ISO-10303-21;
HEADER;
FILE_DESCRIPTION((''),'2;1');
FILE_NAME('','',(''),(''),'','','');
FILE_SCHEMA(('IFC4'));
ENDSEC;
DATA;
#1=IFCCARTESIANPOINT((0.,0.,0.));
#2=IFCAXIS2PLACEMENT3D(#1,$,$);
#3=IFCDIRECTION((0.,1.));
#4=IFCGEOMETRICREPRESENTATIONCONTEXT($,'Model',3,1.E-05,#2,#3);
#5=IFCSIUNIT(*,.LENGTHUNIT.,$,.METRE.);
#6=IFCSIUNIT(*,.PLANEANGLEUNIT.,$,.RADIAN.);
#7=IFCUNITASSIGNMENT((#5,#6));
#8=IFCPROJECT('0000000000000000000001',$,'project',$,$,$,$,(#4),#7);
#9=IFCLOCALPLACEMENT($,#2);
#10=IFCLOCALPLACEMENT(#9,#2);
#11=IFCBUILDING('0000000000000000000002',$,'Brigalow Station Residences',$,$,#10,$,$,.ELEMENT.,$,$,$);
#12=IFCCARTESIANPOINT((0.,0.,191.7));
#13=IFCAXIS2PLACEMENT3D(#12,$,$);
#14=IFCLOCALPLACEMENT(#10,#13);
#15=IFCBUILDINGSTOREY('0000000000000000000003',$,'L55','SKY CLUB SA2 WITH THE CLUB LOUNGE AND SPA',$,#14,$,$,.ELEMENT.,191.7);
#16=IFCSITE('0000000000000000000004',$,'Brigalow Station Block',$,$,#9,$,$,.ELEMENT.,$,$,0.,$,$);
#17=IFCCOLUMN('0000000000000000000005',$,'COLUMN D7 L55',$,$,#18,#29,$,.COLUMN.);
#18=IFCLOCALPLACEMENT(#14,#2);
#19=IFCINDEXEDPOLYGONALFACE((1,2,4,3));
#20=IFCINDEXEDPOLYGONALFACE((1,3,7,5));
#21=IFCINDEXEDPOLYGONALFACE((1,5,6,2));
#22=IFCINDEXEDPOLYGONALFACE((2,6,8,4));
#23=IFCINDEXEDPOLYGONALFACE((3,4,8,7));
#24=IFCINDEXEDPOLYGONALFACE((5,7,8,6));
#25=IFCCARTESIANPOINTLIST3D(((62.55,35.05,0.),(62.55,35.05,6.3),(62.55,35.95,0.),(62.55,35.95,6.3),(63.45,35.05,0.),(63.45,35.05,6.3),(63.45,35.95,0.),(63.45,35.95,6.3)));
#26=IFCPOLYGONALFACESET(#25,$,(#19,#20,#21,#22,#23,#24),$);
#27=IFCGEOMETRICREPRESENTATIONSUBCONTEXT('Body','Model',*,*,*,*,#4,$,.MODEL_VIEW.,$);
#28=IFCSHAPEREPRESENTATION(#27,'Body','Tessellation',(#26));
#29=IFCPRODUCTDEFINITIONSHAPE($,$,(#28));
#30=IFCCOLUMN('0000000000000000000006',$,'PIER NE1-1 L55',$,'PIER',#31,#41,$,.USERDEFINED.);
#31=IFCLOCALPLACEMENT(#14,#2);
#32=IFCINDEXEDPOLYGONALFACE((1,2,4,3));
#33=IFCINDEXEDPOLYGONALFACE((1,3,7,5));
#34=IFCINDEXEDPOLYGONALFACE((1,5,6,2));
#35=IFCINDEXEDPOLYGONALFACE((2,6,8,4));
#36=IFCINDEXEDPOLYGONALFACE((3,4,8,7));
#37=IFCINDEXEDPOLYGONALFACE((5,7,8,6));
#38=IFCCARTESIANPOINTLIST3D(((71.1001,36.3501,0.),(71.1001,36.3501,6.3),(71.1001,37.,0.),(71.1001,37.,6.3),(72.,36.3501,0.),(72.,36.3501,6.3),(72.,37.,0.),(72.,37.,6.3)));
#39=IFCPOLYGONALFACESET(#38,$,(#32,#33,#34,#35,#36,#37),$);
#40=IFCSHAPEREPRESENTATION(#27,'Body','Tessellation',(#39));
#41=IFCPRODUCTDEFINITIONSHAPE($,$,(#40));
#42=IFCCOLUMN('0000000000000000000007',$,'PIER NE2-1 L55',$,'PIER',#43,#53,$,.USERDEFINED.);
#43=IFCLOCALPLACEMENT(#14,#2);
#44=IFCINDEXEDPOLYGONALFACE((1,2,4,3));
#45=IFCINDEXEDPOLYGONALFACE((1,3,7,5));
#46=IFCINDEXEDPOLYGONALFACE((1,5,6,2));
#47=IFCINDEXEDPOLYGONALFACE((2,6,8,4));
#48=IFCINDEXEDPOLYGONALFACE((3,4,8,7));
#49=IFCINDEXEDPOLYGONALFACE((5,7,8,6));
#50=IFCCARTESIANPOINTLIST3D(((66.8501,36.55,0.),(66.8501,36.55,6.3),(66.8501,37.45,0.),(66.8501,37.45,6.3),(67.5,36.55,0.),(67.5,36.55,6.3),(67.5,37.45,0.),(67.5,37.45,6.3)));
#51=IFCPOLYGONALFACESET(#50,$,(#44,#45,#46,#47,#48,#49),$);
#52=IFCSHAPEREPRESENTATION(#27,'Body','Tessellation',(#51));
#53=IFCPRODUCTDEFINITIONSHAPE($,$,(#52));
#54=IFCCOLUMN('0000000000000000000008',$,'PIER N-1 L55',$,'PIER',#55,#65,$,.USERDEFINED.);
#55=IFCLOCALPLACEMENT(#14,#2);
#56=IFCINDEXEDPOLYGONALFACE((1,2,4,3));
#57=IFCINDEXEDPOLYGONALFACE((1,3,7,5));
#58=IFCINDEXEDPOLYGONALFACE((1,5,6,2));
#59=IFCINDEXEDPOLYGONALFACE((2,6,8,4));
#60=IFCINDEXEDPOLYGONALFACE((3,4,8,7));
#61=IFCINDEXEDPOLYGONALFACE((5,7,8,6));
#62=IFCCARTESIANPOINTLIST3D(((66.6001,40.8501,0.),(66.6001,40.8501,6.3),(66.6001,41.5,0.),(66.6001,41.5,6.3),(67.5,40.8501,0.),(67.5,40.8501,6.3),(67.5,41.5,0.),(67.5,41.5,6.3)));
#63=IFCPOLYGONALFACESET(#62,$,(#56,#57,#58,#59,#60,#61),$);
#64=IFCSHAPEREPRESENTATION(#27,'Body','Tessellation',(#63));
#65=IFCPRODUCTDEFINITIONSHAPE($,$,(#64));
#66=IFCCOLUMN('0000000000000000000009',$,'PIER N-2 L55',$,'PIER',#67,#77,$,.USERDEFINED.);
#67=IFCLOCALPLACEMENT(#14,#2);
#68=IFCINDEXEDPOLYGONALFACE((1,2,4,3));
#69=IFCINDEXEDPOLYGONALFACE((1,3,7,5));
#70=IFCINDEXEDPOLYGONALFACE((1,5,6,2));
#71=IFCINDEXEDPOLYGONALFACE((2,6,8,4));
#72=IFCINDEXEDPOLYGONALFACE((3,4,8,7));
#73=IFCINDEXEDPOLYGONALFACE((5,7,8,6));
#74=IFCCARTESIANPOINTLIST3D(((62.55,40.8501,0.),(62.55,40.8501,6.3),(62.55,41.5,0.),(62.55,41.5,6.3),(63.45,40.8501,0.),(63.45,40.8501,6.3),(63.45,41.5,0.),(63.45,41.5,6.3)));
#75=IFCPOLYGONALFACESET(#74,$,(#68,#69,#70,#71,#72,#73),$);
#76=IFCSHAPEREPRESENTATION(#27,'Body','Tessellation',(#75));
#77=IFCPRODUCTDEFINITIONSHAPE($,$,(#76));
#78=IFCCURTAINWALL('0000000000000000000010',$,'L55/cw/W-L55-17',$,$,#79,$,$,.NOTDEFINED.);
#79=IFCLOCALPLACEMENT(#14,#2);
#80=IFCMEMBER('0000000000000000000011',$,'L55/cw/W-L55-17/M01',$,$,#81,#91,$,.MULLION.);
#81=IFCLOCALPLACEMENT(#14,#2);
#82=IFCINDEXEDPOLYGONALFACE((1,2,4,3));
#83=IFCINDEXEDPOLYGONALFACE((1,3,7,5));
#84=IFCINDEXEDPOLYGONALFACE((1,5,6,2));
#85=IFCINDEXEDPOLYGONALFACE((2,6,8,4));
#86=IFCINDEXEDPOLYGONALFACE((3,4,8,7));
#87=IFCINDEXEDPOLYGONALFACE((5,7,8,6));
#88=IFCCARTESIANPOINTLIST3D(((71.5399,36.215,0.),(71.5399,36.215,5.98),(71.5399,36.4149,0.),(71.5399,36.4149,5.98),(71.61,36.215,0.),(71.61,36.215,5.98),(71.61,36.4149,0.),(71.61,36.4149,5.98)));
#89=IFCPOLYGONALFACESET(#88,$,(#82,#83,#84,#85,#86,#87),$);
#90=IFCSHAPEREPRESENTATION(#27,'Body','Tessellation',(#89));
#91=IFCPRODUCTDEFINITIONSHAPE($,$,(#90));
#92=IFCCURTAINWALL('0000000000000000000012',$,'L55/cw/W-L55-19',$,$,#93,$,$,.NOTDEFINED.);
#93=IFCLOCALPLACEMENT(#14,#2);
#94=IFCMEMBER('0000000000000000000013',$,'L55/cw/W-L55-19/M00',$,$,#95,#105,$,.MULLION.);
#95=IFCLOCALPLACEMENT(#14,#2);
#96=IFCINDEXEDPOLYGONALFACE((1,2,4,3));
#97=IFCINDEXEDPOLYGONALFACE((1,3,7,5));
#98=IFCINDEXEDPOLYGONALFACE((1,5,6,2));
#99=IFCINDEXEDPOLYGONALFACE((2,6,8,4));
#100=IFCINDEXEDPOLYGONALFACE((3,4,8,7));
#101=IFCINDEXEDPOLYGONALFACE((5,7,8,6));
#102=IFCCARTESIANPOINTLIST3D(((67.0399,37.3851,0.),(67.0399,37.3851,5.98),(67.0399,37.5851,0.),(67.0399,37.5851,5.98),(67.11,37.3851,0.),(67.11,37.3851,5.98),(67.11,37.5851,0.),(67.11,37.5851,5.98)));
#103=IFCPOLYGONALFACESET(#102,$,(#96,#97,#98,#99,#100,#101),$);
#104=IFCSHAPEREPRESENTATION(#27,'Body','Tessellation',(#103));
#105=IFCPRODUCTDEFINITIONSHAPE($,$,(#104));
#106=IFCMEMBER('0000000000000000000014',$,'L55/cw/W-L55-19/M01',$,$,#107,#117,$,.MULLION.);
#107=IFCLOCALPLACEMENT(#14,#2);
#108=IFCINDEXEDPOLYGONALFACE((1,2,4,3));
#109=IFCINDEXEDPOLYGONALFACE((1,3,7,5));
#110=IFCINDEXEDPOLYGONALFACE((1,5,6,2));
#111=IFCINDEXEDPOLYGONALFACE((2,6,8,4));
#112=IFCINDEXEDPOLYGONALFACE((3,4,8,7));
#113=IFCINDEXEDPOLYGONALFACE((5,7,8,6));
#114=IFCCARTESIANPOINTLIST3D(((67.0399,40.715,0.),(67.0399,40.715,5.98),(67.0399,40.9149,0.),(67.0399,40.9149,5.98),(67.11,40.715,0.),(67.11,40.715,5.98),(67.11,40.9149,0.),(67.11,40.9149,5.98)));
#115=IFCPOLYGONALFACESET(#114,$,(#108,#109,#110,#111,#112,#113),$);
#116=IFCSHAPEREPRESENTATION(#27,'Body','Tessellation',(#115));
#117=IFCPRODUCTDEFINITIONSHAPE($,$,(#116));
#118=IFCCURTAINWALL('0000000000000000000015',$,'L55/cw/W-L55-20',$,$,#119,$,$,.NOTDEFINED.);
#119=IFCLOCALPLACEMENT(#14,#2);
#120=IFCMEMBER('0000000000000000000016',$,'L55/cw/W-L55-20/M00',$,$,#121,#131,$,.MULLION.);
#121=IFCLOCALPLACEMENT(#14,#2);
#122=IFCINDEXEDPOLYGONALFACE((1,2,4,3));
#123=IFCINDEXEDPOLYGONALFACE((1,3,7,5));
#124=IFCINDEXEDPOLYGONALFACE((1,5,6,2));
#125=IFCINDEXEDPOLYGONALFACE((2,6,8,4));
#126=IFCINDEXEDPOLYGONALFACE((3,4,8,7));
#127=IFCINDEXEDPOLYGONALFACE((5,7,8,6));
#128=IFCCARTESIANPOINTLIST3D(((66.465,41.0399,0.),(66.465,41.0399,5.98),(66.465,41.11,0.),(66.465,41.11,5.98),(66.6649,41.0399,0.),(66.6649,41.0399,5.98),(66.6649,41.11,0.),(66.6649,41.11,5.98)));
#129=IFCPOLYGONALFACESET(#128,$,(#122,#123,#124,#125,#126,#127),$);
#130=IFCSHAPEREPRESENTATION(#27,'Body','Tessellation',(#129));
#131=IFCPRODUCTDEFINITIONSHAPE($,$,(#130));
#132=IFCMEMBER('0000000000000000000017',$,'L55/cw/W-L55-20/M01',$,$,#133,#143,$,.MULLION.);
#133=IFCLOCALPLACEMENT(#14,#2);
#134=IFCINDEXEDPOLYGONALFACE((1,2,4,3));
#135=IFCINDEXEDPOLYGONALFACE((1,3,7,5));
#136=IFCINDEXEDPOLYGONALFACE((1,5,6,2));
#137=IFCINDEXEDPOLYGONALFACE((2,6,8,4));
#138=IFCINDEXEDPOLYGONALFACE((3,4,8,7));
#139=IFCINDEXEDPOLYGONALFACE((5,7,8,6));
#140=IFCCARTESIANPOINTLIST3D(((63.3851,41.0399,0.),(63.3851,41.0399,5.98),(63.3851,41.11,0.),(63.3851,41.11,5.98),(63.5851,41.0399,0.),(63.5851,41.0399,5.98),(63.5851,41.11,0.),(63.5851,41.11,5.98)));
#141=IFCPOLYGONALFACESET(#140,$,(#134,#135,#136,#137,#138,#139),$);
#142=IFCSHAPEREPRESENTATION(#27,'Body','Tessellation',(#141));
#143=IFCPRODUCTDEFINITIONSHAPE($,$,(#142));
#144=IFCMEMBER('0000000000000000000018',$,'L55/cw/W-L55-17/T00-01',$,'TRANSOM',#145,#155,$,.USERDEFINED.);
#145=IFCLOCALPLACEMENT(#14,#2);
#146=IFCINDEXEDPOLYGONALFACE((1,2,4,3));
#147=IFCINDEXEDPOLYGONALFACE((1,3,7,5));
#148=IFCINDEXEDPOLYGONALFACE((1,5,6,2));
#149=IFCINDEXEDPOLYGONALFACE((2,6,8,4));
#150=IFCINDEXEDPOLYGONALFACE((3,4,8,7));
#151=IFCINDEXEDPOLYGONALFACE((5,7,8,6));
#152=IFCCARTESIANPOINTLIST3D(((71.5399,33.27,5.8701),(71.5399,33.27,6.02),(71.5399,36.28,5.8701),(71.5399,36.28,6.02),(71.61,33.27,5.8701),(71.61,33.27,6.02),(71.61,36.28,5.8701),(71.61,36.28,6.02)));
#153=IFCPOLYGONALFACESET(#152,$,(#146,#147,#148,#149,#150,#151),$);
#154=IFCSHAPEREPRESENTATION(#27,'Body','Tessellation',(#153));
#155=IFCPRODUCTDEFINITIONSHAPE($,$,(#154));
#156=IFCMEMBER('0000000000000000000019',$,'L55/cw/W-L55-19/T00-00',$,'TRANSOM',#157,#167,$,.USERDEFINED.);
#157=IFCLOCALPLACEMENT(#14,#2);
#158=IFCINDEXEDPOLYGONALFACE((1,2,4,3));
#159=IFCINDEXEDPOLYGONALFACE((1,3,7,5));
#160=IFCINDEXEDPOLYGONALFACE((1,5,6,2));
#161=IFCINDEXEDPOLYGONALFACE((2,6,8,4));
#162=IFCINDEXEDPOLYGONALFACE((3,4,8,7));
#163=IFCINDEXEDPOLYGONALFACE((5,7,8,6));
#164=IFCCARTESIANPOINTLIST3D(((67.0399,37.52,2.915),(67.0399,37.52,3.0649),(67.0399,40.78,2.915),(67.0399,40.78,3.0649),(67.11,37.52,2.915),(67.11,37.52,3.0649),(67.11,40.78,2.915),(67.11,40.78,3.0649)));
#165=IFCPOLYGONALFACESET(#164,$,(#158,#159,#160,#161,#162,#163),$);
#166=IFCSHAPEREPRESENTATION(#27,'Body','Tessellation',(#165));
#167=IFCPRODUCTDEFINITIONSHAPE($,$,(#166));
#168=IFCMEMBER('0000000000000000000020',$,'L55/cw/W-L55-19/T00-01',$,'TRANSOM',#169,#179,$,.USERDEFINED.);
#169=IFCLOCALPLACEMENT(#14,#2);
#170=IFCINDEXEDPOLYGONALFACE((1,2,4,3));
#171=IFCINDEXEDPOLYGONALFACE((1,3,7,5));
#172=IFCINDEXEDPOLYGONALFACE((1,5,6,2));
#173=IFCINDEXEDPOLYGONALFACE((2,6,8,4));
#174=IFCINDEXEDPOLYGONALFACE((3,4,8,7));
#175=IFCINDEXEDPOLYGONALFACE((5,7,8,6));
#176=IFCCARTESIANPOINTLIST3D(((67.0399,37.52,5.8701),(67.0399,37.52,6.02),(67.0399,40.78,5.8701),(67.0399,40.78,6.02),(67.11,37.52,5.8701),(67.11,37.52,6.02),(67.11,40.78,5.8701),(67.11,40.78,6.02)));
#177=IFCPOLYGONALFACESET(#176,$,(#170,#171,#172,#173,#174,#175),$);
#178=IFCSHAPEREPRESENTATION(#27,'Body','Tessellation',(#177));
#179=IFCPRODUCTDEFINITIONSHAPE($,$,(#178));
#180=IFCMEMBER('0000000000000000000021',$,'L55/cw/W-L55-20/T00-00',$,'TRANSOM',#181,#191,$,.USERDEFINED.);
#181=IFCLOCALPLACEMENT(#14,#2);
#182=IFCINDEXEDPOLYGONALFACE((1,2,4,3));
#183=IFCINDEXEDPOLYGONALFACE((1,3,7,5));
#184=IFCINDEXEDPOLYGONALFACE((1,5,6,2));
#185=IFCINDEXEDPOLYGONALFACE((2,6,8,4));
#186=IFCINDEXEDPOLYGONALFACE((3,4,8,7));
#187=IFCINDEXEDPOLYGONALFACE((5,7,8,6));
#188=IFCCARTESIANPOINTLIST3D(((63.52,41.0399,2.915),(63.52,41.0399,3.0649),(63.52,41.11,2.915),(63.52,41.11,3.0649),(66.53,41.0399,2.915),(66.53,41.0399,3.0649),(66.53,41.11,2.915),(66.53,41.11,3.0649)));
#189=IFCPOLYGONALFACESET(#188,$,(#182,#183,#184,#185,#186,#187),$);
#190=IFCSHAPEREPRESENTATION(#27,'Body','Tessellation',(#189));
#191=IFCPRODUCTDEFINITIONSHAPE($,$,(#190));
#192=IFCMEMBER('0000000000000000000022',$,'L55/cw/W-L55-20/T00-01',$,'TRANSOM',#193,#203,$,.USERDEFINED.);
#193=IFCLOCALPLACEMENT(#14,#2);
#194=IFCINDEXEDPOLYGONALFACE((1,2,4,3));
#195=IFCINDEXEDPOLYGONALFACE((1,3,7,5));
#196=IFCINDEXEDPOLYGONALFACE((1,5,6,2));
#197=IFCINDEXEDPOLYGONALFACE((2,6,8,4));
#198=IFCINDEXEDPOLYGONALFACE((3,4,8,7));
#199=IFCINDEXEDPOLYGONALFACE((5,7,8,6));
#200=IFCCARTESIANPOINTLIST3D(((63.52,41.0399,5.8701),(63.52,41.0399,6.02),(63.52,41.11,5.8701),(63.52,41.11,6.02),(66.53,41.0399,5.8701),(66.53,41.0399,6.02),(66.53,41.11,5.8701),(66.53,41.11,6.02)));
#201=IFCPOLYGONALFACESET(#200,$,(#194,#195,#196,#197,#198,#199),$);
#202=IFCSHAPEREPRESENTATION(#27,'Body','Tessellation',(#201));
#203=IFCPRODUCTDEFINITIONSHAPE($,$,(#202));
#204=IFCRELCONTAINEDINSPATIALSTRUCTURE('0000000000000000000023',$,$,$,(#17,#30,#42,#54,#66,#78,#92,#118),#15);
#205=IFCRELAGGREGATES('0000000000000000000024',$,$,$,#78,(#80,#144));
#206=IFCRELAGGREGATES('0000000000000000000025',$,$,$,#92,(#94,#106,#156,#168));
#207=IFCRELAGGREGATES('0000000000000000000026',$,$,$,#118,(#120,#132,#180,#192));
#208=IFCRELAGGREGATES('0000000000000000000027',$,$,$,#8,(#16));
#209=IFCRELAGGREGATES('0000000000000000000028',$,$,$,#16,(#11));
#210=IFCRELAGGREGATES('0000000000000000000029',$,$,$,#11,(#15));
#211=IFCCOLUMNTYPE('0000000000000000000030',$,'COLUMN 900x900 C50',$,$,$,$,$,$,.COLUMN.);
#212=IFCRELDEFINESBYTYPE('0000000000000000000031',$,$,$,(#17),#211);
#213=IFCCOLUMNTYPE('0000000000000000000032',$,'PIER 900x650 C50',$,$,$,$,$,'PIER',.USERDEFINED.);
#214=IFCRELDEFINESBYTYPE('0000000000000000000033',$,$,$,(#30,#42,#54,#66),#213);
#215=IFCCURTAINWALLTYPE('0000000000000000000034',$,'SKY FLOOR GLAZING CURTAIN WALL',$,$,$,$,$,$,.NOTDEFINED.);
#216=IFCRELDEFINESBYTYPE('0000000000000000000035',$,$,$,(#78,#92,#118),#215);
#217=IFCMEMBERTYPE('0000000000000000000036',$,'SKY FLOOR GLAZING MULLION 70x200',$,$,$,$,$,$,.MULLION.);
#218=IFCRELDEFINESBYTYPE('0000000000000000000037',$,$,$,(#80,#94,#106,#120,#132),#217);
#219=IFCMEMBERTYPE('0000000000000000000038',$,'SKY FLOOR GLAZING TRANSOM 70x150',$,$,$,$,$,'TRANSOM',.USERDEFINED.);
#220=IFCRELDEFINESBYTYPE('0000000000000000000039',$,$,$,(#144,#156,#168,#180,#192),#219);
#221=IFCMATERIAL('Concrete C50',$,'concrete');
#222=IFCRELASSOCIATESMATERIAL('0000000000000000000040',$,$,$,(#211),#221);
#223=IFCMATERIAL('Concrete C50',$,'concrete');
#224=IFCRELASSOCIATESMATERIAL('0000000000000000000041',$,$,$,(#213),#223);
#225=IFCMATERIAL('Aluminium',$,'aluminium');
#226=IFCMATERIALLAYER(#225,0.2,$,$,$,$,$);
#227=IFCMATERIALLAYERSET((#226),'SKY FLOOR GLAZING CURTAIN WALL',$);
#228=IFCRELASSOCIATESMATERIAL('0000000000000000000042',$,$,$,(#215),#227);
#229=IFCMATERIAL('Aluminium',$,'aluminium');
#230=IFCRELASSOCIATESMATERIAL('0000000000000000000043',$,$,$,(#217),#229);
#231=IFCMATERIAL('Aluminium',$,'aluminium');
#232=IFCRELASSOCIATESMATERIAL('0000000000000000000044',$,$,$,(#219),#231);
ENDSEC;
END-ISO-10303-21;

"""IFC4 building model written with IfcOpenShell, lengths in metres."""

from ifc_helpers import new_model, si_unit, direction, frame, origin, origin_2d, place, context, subcontext, project, spatial, rectangle, extrude, material, layer, layer_set, material_profile, profile_set, type_object, element, aggregate, save


model = new_model("IFC4")

# Units and contexts
model_context = context("Model", 3, precision=1e-05, world=origin(), true_north=direction((0.0, 1.0)))
body_context = subcontext(model_context, "Body", "Model", "MODEL_VIEW")
ifc_project = project(units=[si_unit("LENGTHUNIT", "METRE"), si_unit("PLANEANGLEUNIT", "RADIAN")], contexts=[model_context])

# Site, building, storey
site_placement = place(None, origin())
site = spatial("IfcSite", under=ifc_project, at=site_placement, Name="Brigalow Station Block", CompositionType="ELEMENT", RefElevation=0.0)
building_placement = place(site_placement, origin())
building = spatial("IfcBuilding", under=site, at=building_placement, Name="Brigalow Station Residences", CompositionType="ELEMENT")
storey_placement = place(building_placement, frame((0.0, 0.0, 191.7)))
storey = spatial("IfcBuildingStorey", under=building, at=storey_placement, Name="L55", Description="SKY CLUB SA2 WITH THE CLUB LOUNGE AND SPA", CompositionType="ELEMENT", Elevation=191.7)

# Columns
ifc_material_1 = material(Name="Concrete C50", Category="concrete")
ifc_material_profile_1 = material_profile(ifc_material_1, rectangle(XDim=0.8999, YDim=0.8999, at=origin_2d()), Name="RC900x900")
ifc_profile_set_1 = profile_set([ifc_material_profile_1], Name="Concrete C50")
column_type_1 = type_object("IfcColumnType", Name="COLUMN 900x900 C50", PredefinedType="COLUMN", material=ifc_profile_set_1)
column_placement = place(storey_placement, frame((63.0, 35.5, 0.0), z_axis=(0.0, 0.0, 1.0), x_axis=(1.0, 0.0, 0.0)))
element("IfcColumn", 1, at=column_placement, inside=storey, type_object=column_type_1, Name="COLUMN D7 L55", PredefinedType="COLUMN", context=body_context, shape_type="SweptSolid", body=[
    extrude(rectangle(XDim=0.8999, YDim=0.8999, at=origin_2d()), origin(), (0.0, 0.0, 1.0), 6.3),
])
ifc_material_2 = material(Name="Concrete C50", Category="concrete")
ifc_material_profile_2 = material_profile(ifc_material_2, rectangle(XDim=0.8999, YDim=0.6499, at=origin_2d()), Name="RC900x650")
ifc_profile_set_2 = profile_set([ifc_material_profile_2], Name="Concrete C50")
column_type_2 = type_object("IfcColumnType", Name="PIER 900x650 C50", ElementType="PIER", PredefinedType="USERDEFINED", material=ifc_profile_set_2)
for number, where, z_axis, x_axis, name in (
    (2, (71.55, 36.675, 0.0), (0.0, 0.0, 1.0), (-1.0, 0.0, 0.0), "PIER NE1-1 L55"),
    (3, (67.175, 37.0, 0.0), (0.0, 0.0, 1.0), (0.0, 1.0, 0.0), "PIER NE2-1 L55"),
    (4, (67.05, 41.175, 0.0), (0.0, 0.0, 1.0), (-1.0, 0.0, 0.0), "PIER N-1 L55"),
    (5, (63.0, 41.175, 0.0), (0.0, 0.0, 1.0), (-1.0, 0.0, 0.0), "PIER N-2 L55"),
):
    element("IfcColumn", number, at=place(storey_placement, frame(where, z_axis=z_axis, x_axis=x_axis)), inside=storey, type_object=column_type_2, Name=name, ObjectType="PIER", PredefinedType="USERDEFINED", context=body_context, shape_type="SweptSolid", body=[
        extrude(rectangle(XDim=0.8999, YDim=0.6499, at=origin_2d()), origin(), (0.0, 0.0, 1.0), 6.3),
    ])

# Curtain wall, member
ifc_material_3 = material(Name="Aluminium", Category="aluminium")
ifc_layer_1 = layer(ifc_material_3, 0.2)
ifc_layer_set_1 = layer_set([ifc_layer_1], Name="SKY FLOOR GLAZING CURTAIN WALL")
curtain_wall_type = type_object("IfcCurtainWallType", Name="SKY FLOOR GLAZING CURTAIN WALL", PredefinedType="NOTDEFINED", material=ifc_layer_set_1)
curtain_wall_1_placement = place(storey_placement, origin())
curtain_wall_1 = element("IfcCurtainWall", 6, at=curtain_wall_1_placement, inside=storey, type_object=curtain_wall_type, Name="L55/cw/W-L55-17", PredefinedType="NOTDEFINED")
ifc_material_4 = material(Name="Aluminium", Category="aluminium")
ifc_material_profile_3 = material_profile(ifc_material_4, rectangle(XDim=0.0701, YDim=0.2, at=origin_2d()), Name="SKY FLOOR GLAZING MULLION 70x200")
ifc_profile_set_3 = profile_set([ifc_material_profile_3], Name="Aluminium")
member_type_1 = type_object("IfcMemberType", Name="SKY FLOOR GLAZING MULLION 70x200", PredefinedType="MULLION", material=ifc_profile_set_3)
member_1_placement = place(storey_placement, frame((71.575, 36.3149, 0.0), z_axis=(0.0, 0.0, 1.0), x_axis=(-1.0, 0.0, 0.0)))
member_1 = element("IfcMember", 7, at=member_1_placement, type_object=member_type_1, Name="L55/cw/W-L55-17/M01", PredefinedType="MULLION", context=body_context, shape_type="SweptSolid", body=[
    extrude(rectangle(XDim=0.0701, YDim=0.2, at=origin_2d()), origin(), (0.0, 0.0, 1.0), 5.98),
])

# Curtain walls, members
curtain_wall_2_placement = place(storey_placement, origin())
curtain_wall_2 = element("IfcCurtainWall", 8, at=curtain_wall_2_placement, inside=storey, type_object=curtain_wall_type, Name="L55/cw/W-L55-19", PredefinedType="NOTDEFINED")
member_2_placement = place(storey_placement, frame((67.075, 37.4851, 0.0), z_axis=(0.0, 0.0, 1.0), x_axis=(-1.0, 0.0, 0.0)))
member_2 = element("IfcMember", 9, at=member_2_placement, type_object=member_type_1, Name="L55/cw/W-L55-19/M00", PredefinedType="MULLION", context=body_context, shape_type="SweptSolid", body=[
    extrude(rectangle(XDim=0.0701, YDim=0.2, at=origin_2d()), origin(), (0.0, 0.0, 1.0), 5.98),
])
member_3_placement = place(storey_placement, frame((67.075, 40.8149, 0.0), z_axis=(0.0, 0.0, 1.0), x_axis=(-1.0, 0.0, 0.0)))
member_3 = element("IfcMember", 10, at=member_3_placement, type_object=member_type_1, Name="L55/cw/W-L55-19/M01", PredefinedType="MULLION", context=body_context, shape_type="SweptSolid", body=[
    extrude(rectangle(XDim=0.0701, YDim=0.2, at=origin_2d()), origin(), (0.0, 0.0, 1.0), 5.98),
])
curtain_wall_3_placement = place(storey_placement, origin())
curtain_wall_3 = element("IfcCurtainWall", 11, at=curtain_wall_3_placement, inside=storey, type_object=curtain_wall_type, Name="L55/cw/W-L55-20", PredefinedType="NOTDEFINED")
member_4_placement = place(storey_placement, frame((66.5649, 41.075, 0.0), z_axis=(0.0, 0.0, 1.0), x_axis=(0.0, -1.0, 0.0)))
member_4 = element("IfcMember", 12, at=member_4_placement, type_object=member_type_1, Name="L55/cw/W-L55-20/M00", PredefinedType="MULLION", context=body_context, shape_type="SweptSolid", body=[
    extrude(rectangle(XDim=0.0701, YDim=0.2, at=origin_2d()), origin(), (0.0, 0.0, 1.0), 5.98),
])
member_5_placement = place(storey_placement, frame((63.4851, 41.075, 0.0), z_axis=(0.0, 0.0, 1.0), x_axis=(0.0, -1.0, 0.0)))
member_5 = element("IfcMember", 13, at=member_5_placement, type_object=member_type_1, Name="L55/cw/W-L55-20/M01", PredefinedType="MULLION", context=body_context, shape_type="SweptSolid", body=[
    extrude(rectangle(XDim=0.0701, YDim=0.2, at=origin_2d()), origin(), (0.0, 0.0, 1.0), 5.98),
])

# Members
ifc_material_5 = material(Name="Aluminium", Category="aluminium")
ifc_material_profile_4 = material_profile(ifc_material_5, rectangle(XDim=0.0701, YDim=0.1499, at=origin_2d()), Name="SKY FLOOR GLAZING TRANSOM 70x150")
ifc_profile_set_4 = profile_set([ifc_material_profile_4], Name="Aluminium")
member_type_2 = type_object("IfcMemberType", Name="SKY FLOOR GLAZING TRANSOM 70x150", ElementType="TRANSOM", PredefinedType="USERDEFINED", material=ifc_profile_set_4)
member_6_placement = place(storey_placement, frame((71.575, 33.27, 5.9451), z_axis=(0.0, 1.0, 0.0), x_axis=(-1.0, 0.0, 0.0)))
member_6 = element("IfcMember", 14, at=member_6_placement, type_object=member_type_2, Name="L55/cw/W-L55-17/T00-01", ObjectType="TRANSOM", PredefinedType="USERDEFINED", context=body_context, shape_type="SweptSolid", body=[
    extrude(rectangle(XDim=0.0701, YDim=0.1499, at=origin_2d()), origin(), (0.0, 0.0, 1.0), 3.01),
])
member_7_placement = place(storey_placement, frame((67.075, 37.52, 2.99), z_axis=(0.0, 1.0, 0.0), x_axis=(-1.0, 0.0, 0.0)))
member_7 = element("IfcMember", 15, at=member_7_placement, type_object=member_type_2, Name="L55/cw/W-L55-19/T00-00", ObjectType="TRANSOM", PredefinedType="USERDEFINED", context=body_context, shape_type="SweptSolid", body=[
    extrude(rectangle(XDim=0.0701, YDim=0.1499, at=origin_2d()), origin(), (0.0, 0.0, 1.0), 3.26),
])
member_8_placement = place(storey_placement, frame((67.075, 37.52, 5.9451), z_axis=(0.0, 1.0, 0.0), x_axis=(-1.0, 0.0, 0.0)))
member_8 = element("IfcMember", 16, at=member_8_placement, type_object=member_type_2, Name="L55/cw/W-L55-19/T00-01", ObjectType="TRANSOM", PredefinedType="USERDEFINED", context=body_context, shape_type="SweptSolid", body=[
    extrude(rectangle(XDim=0.0701, YDim=0.1499, at=origin_2d()), origin(), (0.0, 0.0, 1.0), 3.26),
])
member_9_placement = place(storey_placement, frame((66.53, 41.075, 2.99), z_axis=(-1.0, 0.0, 0.0), x_axis=(0.0, -1.0, 0.0)))
member_9 = element("IfcMember", 17, at=member_9_placement, type_object=member_type_2, Name="L55/cw/W-L55-20/T00-00", ObjectType="TRANSOM", PredefinedType="USERDEFINED", context=body_context, shape_type="SweptSolid", body=[
    extrude(rectangle(XDim=0.0701, YDim=0.1499, at=origin_2d()), origin(), (0.0, 0.0, 1.0), 3.01),
])
member_10_placement = place(storey_placement, frame((66.53, 41.075, 5.9451), z_axis=(-1.0, 0.0, 0.0), x_axis=(0.0, -1.0, 0.0)))
member_10 = element("IfcMember", 18, at=member_10_placement, type_object=member_type_2, Name="L55/cw/W-L55-20/T00-01", ObjectType="TRANSOM", PredefinedType="USERDEFINED", context=body_context, shape_type="SweptSolid", body=[
    extrude(rectangle(XDim=0.0701, YDim=0.1499, at=origin_2d()), origin(), (0.0, 0.0, 1.0), 3.01),
])

aggregate(curtain_wall_1, [member_1, member_6])
aggregate(curtain_wall_2, [member_2, member_3, member_7, member_8])
aggregate(curtain_wall_3, [member_4, member_5, member_9, member_10])

save(model, "model.ifc")
